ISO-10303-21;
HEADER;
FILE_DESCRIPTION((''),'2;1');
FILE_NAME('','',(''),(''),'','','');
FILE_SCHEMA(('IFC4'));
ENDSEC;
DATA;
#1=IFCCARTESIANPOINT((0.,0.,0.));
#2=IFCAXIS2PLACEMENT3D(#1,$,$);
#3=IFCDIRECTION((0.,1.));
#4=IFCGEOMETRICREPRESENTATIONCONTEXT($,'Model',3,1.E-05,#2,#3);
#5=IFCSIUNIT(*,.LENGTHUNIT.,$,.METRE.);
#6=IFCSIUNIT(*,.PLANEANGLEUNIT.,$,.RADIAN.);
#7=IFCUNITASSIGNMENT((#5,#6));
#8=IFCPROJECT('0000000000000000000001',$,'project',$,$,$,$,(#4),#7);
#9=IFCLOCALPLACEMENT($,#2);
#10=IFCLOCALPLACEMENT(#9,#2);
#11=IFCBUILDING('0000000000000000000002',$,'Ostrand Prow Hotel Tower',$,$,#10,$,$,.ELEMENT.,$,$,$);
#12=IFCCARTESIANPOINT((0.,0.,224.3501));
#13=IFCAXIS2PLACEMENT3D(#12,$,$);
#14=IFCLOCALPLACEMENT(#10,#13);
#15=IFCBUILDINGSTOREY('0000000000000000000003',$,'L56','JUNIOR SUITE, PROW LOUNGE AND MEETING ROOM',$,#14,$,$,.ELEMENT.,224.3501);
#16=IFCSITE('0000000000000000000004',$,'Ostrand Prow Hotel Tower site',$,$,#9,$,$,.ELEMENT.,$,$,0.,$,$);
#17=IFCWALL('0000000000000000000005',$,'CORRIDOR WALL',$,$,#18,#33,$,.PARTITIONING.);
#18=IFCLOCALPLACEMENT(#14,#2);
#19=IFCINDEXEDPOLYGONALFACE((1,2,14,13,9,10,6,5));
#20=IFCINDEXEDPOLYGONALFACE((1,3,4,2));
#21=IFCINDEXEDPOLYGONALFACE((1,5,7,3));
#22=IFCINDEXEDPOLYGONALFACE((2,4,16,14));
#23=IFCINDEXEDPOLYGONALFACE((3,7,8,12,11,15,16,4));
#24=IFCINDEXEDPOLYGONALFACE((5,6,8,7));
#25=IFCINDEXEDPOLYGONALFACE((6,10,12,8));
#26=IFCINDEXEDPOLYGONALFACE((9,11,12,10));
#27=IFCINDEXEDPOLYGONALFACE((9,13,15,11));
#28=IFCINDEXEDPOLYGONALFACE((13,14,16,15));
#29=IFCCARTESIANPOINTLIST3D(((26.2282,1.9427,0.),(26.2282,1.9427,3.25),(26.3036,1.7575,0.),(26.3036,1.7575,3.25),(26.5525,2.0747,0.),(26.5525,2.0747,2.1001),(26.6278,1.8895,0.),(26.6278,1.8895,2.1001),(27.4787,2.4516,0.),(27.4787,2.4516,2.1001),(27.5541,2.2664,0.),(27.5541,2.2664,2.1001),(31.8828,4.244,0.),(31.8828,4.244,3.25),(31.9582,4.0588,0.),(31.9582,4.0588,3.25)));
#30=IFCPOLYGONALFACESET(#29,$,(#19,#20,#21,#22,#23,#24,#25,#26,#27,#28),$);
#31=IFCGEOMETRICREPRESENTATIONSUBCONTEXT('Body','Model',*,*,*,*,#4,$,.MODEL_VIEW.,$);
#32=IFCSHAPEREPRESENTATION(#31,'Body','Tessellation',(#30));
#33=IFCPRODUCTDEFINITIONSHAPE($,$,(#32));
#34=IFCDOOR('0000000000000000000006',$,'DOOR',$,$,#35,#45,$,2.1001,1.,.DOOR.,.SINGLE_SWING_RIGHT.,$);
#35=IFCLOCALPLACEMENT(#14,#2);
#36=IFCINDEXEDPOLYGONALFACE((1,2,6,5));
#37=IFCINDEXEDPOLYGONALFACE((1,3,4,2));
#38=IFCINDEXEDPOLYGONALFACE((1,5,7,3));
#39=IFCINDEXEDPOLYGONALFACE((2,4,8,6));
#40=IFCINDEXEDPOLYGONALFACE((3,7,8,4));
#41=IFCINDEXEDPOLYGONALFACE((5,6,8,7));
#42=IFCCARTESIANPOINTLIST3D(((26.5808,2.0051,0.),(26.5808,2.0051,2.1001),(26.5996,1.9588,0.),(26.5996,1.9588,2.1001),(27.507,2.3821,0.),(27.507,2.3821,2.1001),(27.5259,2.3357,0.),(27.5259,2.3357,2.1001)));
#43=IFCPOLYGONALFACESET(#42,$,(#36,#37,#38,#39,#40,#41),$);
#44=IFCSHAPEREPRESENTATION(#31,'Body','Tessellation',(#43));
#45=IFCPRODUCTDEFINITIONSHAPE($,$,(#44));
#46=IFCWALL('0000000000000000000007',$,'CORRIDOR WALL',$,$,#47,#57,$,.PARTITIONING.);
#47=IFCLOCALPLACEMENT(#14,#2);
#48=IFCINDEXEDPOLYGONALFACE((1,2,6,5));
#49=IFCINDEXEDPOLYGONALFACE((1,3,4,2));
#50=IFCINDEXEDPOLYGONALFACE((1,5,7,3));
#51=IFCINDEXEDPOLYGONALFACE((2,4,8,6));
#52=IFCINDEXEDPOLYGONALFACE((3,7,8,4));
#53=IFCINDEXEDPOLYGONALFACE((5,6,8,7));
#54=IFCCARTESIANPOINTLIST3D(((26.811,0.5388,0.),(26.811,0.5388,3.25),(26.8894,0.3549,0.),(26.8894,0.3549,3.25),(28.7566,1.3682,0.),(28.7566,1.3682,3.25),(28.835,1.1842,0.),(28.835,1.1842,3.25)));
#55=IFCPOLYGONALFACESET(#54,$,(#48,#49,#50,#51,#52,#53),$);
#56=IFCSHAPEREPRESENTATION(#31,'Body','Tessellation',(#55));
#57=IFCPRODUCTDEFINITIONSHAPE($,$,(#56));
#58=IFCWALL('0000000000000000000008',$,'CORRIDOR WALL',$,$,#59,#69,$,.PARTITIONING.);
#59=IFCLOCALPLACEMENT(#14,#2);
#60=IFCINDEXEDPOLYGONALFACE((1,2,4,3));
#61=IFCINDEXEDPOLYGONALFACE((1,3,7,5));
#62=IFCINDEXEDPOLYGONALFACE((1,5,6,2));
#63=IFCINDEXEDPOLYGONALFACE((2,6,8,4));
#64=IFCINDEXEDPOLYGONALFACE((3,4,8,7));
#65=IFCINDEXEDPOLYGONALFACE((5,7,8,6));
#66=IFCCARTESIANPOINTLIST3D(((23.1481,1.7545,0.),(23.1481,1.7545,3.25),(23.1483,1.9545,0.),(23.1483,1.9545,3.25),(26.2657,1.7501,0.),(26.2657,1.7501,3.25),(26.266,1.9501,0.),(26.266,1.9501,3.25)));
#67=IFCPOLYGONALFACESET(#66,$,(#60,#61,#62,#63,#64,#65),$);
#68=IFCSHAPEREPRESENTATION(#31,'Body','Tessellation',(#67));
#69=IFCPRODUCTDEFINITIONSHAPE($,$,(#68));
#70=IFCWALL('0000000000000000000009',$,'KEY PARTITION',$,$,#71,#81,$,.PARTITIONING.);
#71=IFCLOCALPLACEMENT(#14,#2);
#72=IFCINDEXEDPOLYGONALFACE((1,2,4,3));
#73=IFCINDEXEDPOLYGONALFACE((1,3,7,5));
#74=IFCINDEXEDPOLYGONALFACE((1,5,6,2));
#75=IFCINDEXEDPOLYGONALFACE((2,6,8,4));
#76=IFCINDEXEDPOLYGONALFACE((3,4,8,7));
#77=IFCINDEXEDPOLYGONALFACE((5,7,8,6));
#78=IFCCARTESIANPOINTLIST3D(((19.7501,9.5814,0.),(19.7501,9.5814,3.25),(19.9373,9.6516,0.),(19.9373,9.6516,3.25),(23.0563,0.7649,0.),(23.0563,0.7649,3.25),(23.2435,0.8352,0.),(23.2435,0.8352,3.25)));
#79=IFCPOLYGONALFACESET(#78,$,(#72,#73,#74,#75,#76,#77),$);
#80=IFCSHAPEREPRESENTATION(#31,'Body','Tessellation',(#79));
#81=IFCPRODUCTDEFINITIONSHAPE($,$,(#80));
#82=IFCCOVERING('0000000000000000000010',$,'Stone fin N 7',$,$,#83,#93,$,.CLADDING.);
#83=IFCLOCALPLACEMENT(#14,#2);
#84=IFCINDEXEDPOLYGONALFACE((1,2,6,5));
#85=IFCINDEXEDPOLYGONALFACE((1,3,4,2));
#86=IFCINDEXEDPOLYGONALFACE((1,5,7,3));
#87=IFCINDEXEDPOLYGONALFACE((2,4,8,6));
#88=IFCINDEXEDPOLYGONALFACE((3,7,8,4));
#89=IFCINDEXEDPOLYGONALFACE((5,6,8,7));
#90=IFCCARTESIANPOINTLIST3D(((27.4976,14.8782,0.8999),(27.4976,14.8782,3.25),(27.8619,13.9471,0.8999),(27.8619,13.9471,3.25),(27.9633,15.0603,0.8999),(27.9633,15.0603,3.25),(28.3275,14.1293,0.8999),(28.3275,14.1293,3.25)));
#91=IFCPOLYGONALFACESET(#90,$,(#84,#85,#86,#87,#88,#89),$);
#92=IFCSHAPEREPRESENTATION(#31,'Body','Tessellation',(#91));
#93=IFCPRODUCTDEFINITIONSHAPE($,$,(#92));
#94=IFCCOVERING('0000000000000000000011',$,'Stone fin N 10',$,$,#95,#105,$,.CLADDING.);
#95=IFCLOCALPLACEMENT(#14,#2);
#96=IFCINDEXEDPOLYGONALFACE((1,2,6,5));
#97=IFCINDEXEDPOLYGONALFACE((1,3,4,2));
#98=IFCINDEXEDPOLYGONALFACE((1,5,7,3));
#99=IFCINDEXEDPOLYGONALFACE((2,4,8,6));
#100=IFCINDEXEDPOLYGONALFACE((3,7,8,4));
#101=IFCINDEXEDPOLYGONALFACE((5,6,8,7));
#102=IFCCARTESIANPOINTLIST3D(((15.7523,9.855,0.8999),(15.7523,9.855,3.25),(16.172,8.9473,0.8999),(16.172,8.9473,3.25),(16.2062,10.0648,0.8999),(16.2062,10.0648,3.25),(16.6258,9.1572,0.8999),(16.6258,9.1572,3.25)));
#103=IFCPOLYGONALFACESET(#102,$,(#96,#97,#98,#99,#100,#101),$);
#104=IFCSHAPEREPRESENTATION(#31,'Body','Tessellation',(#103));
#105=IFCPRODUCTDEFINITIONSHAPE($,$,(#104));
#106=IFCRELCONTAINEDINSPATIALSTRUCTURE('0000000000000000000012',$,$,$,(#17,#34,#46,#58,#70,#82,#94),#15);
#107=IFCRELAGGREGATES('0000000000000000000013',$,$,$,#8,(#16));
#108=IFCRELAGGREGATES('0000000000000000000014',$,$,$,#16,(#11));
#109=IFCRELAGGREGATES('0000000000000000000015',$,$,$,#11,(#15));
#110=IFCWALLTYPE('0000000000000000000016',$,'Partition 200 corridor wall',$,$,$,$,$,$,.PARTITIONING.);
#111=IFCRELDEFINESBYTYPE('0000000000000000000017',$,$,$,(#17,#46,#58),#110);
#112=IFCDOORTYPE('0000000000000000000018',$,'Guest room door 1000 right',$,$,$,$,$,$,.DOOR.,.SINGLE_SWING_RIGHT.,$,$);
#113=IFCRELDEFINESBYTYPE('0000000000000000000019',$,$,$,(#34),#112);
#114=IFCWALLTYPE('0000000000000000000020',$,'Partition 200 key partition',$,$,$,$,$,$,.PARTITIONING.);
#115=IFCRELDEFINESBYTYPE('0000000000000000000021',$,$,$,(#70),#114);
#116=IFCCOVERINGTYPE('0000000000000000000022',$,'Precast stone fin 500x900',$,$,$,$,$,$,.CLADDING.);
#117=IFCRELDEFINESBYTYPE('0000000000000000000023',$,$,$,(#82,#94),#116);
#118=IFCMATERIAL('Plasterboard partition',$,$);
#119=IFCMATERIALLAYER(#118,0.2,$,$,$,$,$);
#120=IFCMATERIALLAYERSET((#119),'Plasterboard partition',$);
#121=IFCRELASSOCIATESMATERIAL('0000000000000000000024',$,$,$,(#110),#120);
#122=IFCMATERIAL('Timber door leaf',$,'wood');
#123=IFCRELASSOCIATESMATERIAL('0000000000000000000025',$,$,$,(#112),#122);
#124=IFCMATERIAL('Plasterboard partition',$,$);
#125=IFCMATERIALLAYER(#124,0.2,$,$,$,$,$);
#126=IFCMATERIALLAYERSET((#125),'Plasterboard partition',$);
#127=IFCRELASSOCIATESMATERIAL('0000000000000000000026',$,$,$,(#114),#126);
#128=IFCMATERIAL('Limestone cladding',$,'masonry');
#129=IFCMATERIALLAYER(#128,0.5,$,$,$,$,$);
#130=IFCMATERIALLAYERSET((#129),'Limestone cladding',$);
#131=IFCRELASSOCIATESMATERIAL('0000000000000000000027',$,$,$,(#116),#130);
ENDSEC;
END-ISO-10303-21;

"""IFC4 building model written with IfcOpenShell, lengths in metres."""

from ifc_helpers import new_model, si_unit, direction, frame, frame_2d, origin, place, context, subcontext, project, spatial, rectangle, extrude, material, layer, layer_set, type_object, element, fill, save


model = new_model("IFC4")

# Units and contexts
model_context = context("Model", 3, precision=1e-05, world=origin(), true_north=direction((0.0, 1.0)))
body_context = subcontext(model_context, "Body", "Model", "MODEL_VIEW")
ifc_project = project(units=[si_unit("LENGTHUNIT", "METRE"), si_unit("PLANEANGLEUNIT", "RADIAN")], contexts=[model_context])

# Site, building, storey
site_placement = place(None, origin())
site = spatial("IfcSite", under=ifc_project, at=site_placement, Name="Ostrand Prow Hotel Tower site", CompositionType="ELEMENT", RefElevation=0.0)
building_placement = place(site_placement, origin())
building = spatial("IfcBuilding", under=site, at=building_placement, Name="Ostrand Prow Hotel Tower", CompositionType="ELEMENT")
storey_placement = place(building_placement, frame((0.0, 0.0, 224.3501)))
storey = spatial("IfcBuildingStorey", under=building, at=storey_placement, Name="L56", Description="JUNIOR SUITE, PROW LOUNGE AND MEETING ROOM", CompositionType="ELEMENT", Elevation=224.3501)

# Wall, opening, door
ifc_material_1 = material(Name="Plasterboard partition")
ifc_layer_1 = layer(ifc_material_1, 0.2)
ifc_layer_set_1 = layer_set([ifc_layer_1], Name="Plasterboard partition")
wall_type_1 = type_object("IfcWallType", Name="Partition 200 corridor wall", PredefinedType="PARTITIONING", material=ifc_layer_set_1)
wall_1_placement = place(storey_placement, frame((26.2659, 1.8501, 0.0), z_axis=(0.0, 0.0, 1.0), x_axis=(0.926232, 0.376955, 0.0)))
wall_1 = element("IfcWall", 1, at=wall_1_placement, inside=storey, type_object=wall_type_1, Name="CORRIDOR WALL", PredefinedType="PARTITIONING", context=body_context, shape_type="SweptSolid", body=[
    extrude(rectangle(XDim=6.105, YDim=0.2, at=frame_2d((3.0525, 0.0))), origin(), (0.0, 0.0, 1.0), 3.25),
])
opening_placement = place(wall_1_placement, frame((0.3501, 0.0, 0.0)))
opening = element("IfcOpeningElement", 2, at=opening_placement, cuts=wall_1, PredefinedType="OPENING", context=body_context, shape_type="SweptSolid", body=[
    extrude(rectangle(XDim=1.0, YDim=2.1001, at=frame_2d((0.5, 1.05))), frame((0.0, 0.1099, 0.0), z_axis=(0.0, -1.0, 0.0), x_axis=(1.0, 0.0, 0.0)), (0.0, 0.0, 1.0), 0.22),
])
ifc_material_2 = material(Name="Timber door leaf", Category="wood")
door_type = type_object("IfcDoorType", Name="Guest room door 1000 right", OperationType="SINGLE_SWING_RIGHT", PredefinedType="DOOR", material=ifc_material_2)
door_placement = place(opening_placement, origin())
door = element("IfcDoor", 3, at=door_placement, inside=storey, type_object=door_type, Name="DOOR", OperationType="SINGLE_SWING_RIGHT", OverallHeight=2.1001, OverallWidth=1.0, PredefinedType="DOOR", context=body_context, shape_type="SweptSolid", body=[
    extrude(rectangle(XDim=1.0, YDim=2.1001, at=frame_2d((0.5, 1.05))), frame((0.0, 0.0249, 0.0), z_axis=(0.0, -1.0, 0.0), x_axis=(1.0, 0.0, 0.0)), (0.0, 0.0, 1.0), 0.05),
])
fill(opening, door)

# Walls
wall_2_placement = place(storey_placement, frame((26.8501, 0.4468, 0.0), z_axis=(0.0, 0.0, 1.0), x_axis=(0.919908, 0.392135, 0.0)))
element("IfcWall", 4, at=wall_2_placement, inside=storey, type_object=wall_type_1, Name="CORRIDOR WALL", PredefinedType="PARTITIONING", context=body_context, shape_type="SweptSolid", body=[
    extrude(rectangle(XDim=2.115, YDim=0.2, at=frame_2d((1.0576, 0.0))), origin(), (0.0, 0.0, 1.0), 3.25),
])
wall_3_placement = place(storey_placement, frame((26.2659, 1.8501, 0.0), z_axis=(0.0, 0.0, 1.0), x_axis=(-0.999999, 0.00141, 0.0)))
element("IfcWall", 5, at=wall_3_placement, inside=storey, type_object=wall_type_1, Name="CORRIDOR WALL", PredefinedType="PARTITIONING", context=body_context, shape_type="SweptSolid", body=[
    extrude(rectangle(XDim=3.1177, YDim=0.2, at=frame_2d((1.5588, 0.0))), origin(), (0.0, 0.0, 1.0), 3.25),
])
ifc_material_3 = material(Name="Plasterboard partition")
ifc_layer_2 = layer(ifc_material_3, 0.2)
ifc_layer_set_2 = layer_set([ifc_layer_2], Name="Plasterboard partition")
wall_type_2 = type_object("IfcWallType", Name="Partition 200 key partition", PredefinedType="PARTITIONING", material=ifc_layer_set_2)
wall_4_placement = place(storey_placement, frame((23.1499, 0.8, 0.0), z_axis=(0.0, 0.0, 1.0), x_axis=(-0.351123, 0.936329, 0.0)))
element("IfcWall", 6, at=wall_4_placement, inside=storey, type_object=wall_type_2, Name="KEY PARTITION", PredefinedType="PARTITIONING", context=body_context, shape_type="SweptSolid", body=[
    extrude(rectangle(XDim=9.416, YDim=0.2, at=frame_2d((4.708, 0.0))), origin(), (0.0, 0.0, 1.0), 3.25),
])

# Coverings
ifc_material_4 = material(Name="Limestone cladding", Category="masonry")
ifc_layer_3 = layer(ifc_material_4, 0.5)
ifc_layer_set_3 = layer_set([ifc_layer_3], Name="Limestone cladding")
covering_type = type_object("IfcCoveringType", Name="Precast stone fin 500x900", PredefinedType="CLADDING", material=ifc_layer_set_3)
covering_1_placement = place(storey_placement, frame((28.0947, 14.0381, 0.8999), z_axis=(0.0, 0.0, 1.0), x_axis=(-0.364307, 0.931279, 0.0)))
element("IfcCovering", 7, at=covering_1_placement, inside=storey, type_object=covering_type, Name="Stone fin N 7", PredefinedType="CLADDING", context=body_context, shape_type="SweptSolid", body=[
    extrude(rectangle(XDim=0.9998, YDim=0.5, at=frame_2d((0.5, 0.0))), origin(), (0.0, 0.0, 1.0), 2.3501),
])
covering_2_placement = place(storey_placement, frame((16.3989, 9.0522, 0.8999), z_axis=(0.0, 0.0, 1.0), x_axis=(-0.419662, 0.907681, 0.0)))
element("IfcCovering", 8, at=covering_2_placement, inside=storey, type_object=covering_type, Name="Stone fin N 10", PredefinedType="CLADDING", context=body_context, shape_type="SweptSolid", body=[
    extrude(rectangle(XDim=1.0, YDim=0.5, at=frame_2d((0.5, 0.0))), origin(), (0.0, 0.0, 1.0), 2.3501),
])

save(model, "model.ifc")
